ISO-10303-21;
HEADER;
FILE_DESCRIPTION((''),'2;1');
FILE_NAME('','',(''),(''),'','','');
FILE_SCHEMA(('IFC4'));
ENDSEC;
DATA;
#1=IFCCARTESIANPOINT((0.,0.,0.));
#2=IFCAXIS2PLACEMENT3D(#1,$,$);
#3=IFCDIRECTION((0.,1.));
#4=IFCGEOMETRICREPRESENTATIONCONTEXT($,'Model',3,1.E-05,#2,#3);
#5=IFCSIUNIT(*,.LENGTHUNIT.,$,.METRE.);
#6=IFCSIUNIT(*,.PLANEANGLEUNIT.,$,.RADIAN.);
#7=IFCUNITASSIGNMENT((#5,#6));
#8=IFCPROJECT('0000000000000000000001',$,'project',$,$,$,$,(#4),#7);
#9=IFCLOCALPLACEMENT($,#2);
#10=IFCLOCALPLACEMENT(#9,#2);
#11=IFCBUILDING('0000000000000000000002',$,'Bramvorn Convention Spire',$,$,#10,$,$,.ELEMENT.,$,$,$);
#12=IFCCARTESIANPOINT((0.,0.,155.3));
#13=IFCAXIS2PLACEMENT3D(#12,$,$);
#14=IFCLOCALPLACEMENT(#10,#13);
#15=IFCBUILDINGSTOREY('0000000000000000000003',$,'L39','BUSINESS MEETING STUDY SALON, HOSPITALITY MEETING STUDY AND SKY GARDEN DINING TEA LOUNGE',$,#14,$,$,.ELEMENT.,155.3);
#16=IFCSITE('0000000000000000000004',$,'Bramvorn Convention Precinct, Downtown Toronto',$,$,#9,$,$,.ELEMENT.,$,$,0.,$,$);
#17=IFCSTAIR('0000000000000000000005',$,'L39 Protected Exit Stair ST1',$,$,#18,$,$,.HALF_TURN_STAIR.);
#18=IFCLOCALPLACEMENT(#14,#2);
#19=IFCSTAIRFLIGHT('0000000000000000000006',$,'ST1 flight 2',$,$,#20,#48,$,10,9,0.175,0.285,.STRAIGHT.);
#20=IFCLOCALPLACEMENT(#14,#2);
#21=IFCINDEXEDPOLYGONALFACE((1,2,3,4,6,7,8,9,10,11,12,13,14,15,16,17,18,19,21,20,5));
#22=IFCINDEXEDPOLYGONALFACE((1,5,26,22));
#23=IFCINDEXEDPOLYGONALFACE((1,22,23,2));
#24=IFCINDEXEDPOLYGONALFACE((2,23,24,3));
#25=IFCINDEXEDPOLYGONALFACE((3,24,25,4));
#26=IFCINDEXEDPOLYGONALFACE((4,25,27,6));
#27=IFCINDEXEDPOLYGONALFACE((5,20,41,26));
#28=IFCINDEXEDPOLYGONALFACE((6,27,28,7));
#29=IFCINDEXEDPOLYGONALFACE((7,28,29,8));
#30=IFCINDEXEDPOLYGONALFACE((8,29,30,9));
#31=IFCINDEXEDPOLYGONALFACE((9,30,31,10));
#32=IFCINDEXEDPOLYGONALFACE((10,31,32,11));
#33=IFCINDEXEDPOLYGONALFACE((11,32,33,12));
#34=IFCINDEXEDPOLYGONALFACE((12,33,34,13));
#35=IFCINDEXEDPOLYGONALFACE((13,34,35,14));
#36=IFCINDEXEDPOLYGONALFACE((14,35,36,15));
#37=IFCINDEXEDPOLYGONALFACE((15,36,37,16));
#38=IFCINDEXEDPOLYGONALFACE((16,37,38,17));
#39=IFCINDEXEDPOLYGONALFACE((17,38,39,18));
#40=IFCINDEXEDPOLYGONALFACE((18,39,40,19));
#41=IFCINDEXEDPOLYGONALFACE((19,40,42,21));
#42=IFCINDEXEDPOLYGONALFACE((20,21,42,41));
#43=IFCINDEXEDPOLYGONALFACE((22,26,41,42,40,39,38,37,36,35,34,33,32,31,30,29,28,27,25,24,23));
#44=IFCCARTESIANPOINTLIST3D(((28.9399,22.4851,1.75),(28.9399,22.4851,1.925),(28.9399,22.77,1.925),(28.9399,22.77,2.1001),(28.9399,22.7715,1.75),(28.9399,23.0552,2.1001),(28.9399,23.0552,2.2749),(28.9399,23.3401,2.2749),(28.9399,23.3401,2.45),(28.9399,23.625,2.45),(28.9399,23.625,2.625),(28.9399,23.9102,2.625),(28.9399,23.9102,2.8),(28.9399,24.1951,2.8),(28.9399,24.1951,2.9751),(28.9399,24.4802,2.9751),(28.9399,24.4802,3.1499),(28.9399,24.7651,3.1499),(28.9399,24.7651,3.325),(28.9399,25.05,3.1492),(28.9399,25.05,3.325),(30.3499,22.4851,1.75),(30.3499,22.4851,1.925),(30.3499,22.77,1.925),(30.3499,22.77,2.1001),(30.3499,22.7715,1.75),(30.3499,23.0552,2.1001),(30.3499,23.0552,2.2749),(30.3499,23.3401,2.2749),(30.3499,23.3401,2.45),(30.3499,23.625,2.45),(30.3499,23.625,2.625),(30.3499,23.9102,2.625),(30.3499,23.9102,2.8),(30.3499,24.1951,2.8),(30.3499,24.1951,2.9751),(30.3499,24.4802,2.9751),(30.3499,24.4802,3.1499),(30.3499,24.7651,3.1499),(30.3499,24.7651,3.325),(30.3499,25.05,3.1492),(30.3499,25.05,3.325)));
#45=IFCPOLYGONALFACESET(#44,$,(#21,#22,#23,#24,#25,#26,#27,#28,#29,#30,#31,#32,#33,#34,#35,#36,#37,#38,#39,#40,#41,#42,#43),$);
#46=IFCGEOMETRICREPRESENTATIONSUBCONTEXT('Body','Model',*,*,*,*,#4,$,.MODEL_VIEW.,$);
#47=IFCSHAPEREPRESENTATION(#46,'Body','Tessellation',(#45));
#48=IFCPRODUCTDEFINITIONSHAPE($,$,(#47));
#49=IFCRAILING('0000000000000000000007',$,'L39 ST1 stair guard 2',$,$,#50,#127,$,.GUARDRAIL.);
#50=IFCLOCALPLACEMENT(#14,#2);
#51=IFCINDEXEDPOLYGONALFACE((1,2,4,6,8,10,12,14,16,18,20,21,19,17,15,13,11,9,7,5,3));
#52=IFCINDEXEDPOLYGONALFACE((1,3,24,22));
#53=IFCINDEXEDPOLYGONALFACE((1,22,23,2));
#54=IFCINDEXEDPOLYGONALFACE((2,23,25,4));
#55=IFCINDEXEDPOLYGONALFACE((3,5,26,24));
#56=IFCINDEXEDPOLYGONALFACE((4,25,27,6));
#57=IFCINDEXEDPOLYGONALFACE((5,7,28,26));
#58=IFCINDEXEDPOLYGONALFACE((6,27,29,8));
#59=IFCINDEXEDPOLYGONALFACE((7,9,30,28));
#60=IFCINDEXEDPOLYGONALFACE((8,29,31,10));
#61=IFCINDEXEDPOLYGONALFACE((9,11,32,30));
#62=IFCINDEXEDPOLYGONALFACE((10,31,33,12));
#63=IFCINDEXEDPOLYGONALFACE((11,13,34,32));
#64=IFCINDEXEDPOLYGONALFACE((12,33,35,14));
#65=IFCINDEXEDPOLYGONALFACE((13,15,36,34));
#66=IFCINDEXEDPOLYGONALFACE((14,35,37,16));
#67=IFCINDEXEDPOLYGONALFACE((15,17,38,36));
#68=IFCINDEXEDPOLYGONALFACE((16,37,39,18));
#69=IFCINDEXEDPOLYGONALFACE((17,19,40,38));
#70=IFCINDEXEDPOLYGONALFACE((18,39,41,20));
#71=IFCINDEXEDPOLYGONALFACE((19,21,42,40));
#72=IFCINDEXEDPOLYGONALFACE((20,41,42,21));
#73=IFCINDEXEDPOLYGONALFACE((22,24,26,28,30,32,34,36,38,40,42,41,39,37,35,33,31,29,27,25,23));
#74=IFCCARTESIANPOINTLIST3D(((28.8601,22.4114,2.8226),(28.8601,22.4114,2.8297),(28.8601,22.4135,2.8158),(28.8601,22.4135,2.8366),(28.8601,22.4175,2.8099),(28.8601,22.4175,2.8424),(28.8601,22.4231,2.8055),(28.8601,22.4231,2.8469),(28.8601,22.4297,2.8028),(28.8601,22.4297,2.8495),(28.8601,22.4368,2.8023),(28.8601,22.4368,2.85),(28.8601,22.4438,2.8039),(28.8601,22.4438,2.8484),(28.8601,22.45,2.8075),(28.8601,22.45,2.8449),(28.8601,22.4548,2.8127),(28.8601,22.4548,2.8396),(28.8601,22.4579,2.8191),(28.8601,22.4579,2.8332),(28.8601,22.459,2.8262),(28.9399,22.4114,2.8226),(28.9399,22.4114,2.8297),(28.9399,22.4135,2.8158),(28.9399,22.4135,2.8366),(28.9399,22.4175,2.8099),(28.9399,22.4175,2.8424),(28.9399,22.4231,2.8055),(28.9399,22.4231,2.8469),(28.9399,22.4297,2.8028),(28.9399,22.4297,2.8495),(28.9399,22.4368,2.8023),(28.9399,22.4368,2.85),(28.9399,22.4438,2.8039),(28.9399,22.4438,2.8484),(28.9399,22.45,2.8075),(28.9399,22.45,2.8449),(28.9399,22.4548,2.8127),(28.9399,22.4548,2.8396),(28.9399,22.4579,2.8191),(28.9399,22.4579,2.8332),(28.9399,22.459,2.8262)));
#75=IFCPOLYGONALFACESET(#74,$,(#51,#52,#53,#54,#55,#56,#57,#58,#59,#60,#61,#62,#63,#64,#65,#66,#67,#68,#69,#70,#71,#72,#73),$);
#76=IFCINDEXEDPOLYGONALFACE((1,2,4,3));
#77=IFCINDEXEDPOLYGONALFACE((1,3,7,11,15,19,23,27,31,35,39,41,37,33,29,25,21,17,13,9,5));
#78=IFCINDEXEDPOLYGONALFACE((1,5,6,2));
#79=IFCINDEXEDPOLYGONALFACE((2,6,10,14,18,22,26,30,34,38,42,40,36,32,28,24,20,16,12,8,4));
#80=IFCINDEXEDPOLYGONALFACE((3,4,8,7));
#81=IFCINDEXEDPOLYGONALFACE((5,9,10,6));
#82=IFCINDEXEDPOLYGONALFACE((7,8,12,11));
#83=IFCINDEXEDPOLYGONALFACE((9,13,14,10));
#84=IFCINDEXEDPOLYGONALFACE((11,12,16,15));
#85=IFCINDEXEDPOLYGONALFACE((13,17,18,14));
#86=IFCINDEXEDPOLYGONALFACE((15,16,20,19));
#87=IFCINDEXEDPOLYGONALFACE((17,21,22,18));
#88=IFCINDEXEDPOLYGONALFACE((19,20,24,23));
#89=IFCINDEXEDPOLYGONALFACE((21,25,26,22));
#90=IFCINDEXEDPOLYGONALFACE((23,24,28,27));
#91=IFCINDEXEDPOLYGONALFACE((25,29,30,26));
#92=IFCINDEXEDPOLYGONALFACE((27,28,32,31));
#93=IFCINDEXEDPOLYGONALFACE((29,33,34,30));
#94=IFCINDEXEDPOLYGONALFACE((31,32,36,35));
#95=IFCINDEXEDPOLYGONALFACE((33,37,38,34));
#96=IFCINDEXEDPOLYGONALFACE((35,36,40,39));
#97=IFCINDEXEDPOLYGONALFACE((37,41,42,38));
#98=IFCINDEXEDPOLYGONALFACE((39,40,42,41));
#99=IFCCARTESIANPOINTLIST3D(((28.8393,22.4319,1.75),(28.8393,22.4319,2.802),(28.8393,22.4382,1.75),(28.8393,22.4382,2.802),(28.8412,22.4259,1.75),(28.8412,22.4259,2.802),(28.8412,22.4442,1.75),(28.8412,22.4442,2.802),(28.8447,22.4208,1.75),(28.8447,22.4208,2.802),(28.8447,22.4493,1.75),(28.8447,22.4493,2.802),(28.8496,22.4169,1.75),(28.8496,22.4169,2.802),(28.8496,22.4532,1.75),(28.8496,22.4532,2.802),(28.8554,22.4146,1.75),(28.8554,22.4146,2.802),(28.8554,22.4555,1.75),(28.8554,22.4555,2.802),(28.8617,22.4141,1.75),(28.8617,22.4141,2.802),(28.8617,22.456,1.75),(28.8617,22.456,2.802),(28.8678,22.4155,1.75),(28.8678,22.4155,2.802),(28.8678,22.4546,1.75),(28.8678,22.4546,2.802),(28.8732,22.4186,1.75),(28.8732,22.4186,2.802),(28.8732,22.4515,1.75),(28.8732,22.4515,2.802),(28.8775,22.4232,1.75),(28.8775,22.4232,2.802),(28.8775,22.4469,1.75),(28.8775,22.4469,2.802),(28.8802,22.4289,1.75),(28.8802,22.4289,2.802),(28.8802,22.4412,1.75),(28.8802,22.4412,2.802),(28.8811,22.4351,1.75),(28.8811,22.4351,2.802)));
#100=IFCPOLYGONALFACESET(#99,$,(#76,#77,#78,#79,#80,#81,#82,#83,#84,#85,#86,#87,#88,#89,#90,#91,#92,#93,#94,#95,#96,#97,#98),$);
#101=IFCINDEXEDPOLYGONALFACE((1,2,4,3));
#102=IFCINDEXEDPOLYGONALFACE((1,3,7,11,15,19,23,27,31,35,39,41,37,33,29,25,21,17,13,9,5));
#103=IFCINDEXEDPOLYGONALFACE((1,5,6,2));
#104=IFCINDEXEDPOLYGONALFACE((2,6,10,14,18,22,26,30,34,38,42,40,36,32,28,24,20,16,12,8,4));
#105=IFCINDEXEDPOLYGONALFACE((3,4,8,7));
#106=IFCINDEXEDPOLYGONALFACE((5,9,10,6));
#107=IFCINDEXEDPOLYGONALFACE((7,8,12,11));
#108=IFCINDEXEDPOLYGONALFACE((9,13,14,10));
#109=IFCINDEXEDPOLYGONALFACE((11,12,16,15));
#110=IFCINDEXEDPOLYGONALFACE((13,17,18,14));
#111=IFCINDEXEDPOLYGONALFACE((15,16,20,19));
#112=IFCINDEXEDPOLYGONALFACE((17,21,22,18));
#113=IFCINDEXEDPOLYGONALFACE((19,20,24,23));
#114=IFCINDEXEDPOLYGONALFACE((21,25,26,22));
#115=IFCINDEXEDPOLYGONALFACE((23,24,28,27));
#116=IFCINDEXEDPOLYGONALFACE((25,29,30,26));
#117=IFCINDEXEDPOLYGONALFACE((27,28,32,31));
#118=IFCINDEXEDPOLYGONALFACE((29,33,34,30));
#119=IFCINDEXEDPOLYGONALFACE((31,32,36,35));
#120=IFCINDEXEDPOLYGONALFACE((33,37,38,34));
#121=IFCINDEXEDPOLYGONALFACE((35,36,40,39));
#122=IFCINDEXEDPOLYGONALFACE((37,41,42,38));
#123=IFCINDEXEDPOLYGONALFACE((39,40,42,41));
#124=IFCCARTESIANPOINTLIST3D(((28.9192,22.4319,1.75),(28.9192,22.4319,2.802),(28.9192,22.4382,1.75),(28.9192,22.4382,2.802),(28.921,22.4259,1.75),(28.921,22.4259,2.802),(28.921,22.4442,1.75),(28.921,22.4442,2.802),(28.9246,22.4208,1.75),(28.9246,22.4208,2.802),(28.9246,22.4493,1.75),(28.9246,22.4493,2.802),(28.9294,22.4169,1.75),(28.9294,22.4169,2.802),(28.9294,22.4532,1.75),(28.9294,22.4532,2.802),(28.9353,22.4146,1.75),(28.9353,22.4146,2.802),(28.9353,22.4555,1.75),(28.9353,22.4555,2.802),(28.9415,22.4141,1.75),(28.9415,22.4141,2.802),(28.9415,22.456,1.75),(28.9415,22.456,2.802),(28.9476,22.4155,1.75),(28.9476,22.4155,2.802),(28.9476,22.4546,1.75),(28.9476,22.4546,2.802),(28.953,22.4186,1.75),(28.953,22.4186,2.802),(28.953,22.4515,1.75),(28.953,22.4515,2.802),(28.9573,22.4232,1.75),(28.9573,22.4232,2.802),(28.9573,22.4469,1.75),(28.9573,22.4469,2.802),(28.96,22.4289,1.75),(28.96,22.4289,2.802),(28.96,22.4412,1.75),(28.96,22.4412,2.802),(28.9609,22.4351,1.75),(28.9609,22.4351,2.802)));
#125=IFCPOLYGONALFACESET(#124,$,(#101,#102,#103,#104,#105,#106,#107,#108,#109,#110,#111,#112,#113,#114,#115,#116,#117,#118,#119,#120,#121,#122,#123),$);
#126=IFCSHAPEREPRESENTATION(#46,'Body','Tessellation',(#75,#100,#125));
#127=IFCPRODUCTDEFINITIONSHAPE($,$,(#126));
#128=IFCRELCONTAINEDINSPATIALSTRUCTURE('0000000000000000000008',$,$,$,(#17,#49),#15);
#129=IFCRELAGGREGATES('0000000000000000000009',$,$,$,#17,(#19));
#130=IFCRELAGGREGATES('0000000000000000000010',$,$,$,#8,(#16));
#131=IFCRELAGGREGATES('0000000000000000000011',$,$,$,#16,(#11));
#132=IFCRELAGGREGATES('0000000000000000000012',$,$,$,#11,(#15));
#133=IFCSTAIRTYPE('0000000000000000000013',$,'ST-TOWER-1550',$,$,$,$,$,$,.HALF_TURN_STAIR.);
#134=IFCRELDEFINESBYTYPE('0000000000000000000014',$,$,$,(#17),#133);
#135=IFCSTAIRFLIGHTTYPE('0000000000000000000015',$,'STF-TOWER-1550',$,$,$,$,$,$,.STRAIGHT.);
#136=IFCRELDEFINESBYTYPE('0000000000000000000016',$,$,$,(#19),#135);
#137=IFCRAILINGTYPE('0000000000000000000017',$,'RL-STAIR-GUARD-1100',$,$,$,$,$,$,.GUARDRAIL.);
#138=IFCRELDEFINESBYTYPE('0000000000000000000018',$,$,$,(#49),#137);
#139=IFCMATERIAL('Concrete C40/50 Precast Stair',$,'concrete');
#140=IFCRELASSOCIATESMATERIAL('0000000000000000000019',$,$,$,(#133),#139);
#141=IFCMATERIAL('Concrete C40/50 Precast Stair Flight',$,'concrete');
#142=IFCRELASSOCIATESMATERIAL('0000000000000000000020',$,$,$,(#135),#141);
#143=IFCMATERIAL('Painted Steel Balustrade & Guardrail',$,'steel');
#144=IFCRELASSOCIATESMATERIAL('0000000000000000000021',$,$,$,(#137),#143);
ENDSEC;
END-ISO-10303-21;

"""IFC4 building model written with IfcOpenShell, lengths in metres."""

from ifc_helpers import new_model, si_unit, direction, frame, origin, origin_2d, place, context, subcontext, project, spatial, polyline, circle, outline, extrude, material, type_object, element, aggregate, save


model = new_model("IFC4")

# Units and contexts
model_context = context("Model", 3, precision=1e-05, world=origin(), true_north=direction((0.0, 1.0)))
body_context = subcontext(model_context, "Body", "Model", "MODEL_VIEW")
ifc_project = project(units=[si_unit("LENGTHUNIT", "METRE"), si_unit("PLANEANGLEUNIT", "RADIAN")], contexts=[model_context])

# Site, building, storey
site_placement = place(None, origin())
site = spatial("IfcSite", under=ifc_project, at=site_placement, Name="Bramvorn Convention Precinct, Downtown Toronto", CompositionType="ELEMENT", RefElevation=0.0)
building_placement = place(site_placement, origin())
building = spatial("IfcBuilding", under=site, at=building_placement, Name="Bramvorn Convention Spire", CompositionType="ELEMENT")
storey_placement = place(building_placement, frame((0.0, 0.0, 155.3)))
storey = spatial("IfcBuildingStorey", under=building, at=storey_placement, Name="L39", Description="BUSINESS MEETING STUDY SALON, HOSPITALITY MEETING STUDY AND SKY GARDEN DINING TEA LOUNGE", CompositionType="ELEMENT", Elevation=155.3)

# Stair, stair flight
ifc_material_1 = material(Name="Concrete C40/50 Precast Stair", Category="concrete")
stair_type = type_object("IfcStairType", Name="ST-TOWER-1550", PredefinedType="HALF_TURN_STAIR", material=ifc_material_1)
stair_placement = place(storey_placement, origin())
stair = element("IfcStair", 1, at=stair_placement, inside=storey, type_object=stair_type, Name="L39 Protected Exit Stair ST1", PredefinedType="HALF_TURN_STAIR")
ifc_material_2 = material(Name="Concrete C40/50 Precast Stair Flight", Category="concrete")
stair_flight_type = type_object("IfcStairFlightType", Name="STF-TOWER-1550", PredefinedType="STRAIGHT", material=ifc_material_2)
stair_flight_placement = place(storey_placement, frame((29.645, 22.4851, 1.75), z_axis=(0.0, 0.0, 1.0), x_axis=(0.0, 1.0, 0.0)))
stair_flight = element("IfcStairFlight", 2, at=stair_flight_placement, type_object=stair_flight_type, Name="ST1 flight 2", NumberOfRisers=10, NumberOfTreads=9, PredefinedType="STRAIGHT", RiserHeight=0.175, TreadLength=0.285, context=body_context, shape_type="SweptSolid", body=[
    extrude(outline(polyline([(0.0, 0.0), (0.0, 0.175), (0.2849, 0.175), (0.2849, 0.3501), (0.5701, 0.3501), (0.5701, 0.5249), (0.855, 0.5249), (0.855, 0.7), (1.1399, 0.7), (1.1399, 0.875), (1.425, 0.875), (1.425, 1.05), (1.71, 1.05), (1.71, 1.2251), (1.9951, 1.2251), (1.9951, 1.3999), (2.28, 1.3999), (2.28, 1.575), (2.5649, 1.575), (2.5649, 1.75), (2.5649, 1.3992), (0.2864, 0.0), (0.0, 0.0)])), frame((0.0, 0.7051, 0.0), z_axis=(0.0, -1.0, 0.0), x_axis=(1.0, 0.0, 0.0)), (0.0, 0.0, 1.0), 1.4099),
])
aggregate(stair, [stair_flight])

# Railing
ifc_material_3 = material(Name="Painted Steel Balustrade & Guardrail", Category="steel")
railing_type_1 = type_object("IfcRailingType", Name="RL-STAIR-GUARD-1100", PredefinedType="GUARDRAIL", material=ifc_material_3)
railing_1_placement = place(storey_placement, frame((28.8601, 22.4351, 1.75)))
element("IfcRailing", 3, at=railing_1_placement, inside=storey, type_object=railing_type_1, Name="L39 ST1 stair guard 2", PredefinedType="GUARDRAIL", context=body_context, shape_type="SweptSolid", body=[
    extrude(circle(Radius=0.0239, at=origin_2d()), frame((0.0, 0.0, 1.0762), z_axis=(1.0, 0.0, 0.0), x_axis=(0.0, 1.0, 0.0)), (0.0, 0.0, 1.0), 0.0798),
    extrude(circle(Radius=0.021, at=origin_2d()), origin(), (0.0, 0.0, 1.0), 1.052),
    extrude(circle(Radius=0.021, at=origin_2d()), frame((0.0798, 0.0, 0.0)), (0.0, 0.0, 1.0), 1.052),
])

save(model, "model.ifc")
